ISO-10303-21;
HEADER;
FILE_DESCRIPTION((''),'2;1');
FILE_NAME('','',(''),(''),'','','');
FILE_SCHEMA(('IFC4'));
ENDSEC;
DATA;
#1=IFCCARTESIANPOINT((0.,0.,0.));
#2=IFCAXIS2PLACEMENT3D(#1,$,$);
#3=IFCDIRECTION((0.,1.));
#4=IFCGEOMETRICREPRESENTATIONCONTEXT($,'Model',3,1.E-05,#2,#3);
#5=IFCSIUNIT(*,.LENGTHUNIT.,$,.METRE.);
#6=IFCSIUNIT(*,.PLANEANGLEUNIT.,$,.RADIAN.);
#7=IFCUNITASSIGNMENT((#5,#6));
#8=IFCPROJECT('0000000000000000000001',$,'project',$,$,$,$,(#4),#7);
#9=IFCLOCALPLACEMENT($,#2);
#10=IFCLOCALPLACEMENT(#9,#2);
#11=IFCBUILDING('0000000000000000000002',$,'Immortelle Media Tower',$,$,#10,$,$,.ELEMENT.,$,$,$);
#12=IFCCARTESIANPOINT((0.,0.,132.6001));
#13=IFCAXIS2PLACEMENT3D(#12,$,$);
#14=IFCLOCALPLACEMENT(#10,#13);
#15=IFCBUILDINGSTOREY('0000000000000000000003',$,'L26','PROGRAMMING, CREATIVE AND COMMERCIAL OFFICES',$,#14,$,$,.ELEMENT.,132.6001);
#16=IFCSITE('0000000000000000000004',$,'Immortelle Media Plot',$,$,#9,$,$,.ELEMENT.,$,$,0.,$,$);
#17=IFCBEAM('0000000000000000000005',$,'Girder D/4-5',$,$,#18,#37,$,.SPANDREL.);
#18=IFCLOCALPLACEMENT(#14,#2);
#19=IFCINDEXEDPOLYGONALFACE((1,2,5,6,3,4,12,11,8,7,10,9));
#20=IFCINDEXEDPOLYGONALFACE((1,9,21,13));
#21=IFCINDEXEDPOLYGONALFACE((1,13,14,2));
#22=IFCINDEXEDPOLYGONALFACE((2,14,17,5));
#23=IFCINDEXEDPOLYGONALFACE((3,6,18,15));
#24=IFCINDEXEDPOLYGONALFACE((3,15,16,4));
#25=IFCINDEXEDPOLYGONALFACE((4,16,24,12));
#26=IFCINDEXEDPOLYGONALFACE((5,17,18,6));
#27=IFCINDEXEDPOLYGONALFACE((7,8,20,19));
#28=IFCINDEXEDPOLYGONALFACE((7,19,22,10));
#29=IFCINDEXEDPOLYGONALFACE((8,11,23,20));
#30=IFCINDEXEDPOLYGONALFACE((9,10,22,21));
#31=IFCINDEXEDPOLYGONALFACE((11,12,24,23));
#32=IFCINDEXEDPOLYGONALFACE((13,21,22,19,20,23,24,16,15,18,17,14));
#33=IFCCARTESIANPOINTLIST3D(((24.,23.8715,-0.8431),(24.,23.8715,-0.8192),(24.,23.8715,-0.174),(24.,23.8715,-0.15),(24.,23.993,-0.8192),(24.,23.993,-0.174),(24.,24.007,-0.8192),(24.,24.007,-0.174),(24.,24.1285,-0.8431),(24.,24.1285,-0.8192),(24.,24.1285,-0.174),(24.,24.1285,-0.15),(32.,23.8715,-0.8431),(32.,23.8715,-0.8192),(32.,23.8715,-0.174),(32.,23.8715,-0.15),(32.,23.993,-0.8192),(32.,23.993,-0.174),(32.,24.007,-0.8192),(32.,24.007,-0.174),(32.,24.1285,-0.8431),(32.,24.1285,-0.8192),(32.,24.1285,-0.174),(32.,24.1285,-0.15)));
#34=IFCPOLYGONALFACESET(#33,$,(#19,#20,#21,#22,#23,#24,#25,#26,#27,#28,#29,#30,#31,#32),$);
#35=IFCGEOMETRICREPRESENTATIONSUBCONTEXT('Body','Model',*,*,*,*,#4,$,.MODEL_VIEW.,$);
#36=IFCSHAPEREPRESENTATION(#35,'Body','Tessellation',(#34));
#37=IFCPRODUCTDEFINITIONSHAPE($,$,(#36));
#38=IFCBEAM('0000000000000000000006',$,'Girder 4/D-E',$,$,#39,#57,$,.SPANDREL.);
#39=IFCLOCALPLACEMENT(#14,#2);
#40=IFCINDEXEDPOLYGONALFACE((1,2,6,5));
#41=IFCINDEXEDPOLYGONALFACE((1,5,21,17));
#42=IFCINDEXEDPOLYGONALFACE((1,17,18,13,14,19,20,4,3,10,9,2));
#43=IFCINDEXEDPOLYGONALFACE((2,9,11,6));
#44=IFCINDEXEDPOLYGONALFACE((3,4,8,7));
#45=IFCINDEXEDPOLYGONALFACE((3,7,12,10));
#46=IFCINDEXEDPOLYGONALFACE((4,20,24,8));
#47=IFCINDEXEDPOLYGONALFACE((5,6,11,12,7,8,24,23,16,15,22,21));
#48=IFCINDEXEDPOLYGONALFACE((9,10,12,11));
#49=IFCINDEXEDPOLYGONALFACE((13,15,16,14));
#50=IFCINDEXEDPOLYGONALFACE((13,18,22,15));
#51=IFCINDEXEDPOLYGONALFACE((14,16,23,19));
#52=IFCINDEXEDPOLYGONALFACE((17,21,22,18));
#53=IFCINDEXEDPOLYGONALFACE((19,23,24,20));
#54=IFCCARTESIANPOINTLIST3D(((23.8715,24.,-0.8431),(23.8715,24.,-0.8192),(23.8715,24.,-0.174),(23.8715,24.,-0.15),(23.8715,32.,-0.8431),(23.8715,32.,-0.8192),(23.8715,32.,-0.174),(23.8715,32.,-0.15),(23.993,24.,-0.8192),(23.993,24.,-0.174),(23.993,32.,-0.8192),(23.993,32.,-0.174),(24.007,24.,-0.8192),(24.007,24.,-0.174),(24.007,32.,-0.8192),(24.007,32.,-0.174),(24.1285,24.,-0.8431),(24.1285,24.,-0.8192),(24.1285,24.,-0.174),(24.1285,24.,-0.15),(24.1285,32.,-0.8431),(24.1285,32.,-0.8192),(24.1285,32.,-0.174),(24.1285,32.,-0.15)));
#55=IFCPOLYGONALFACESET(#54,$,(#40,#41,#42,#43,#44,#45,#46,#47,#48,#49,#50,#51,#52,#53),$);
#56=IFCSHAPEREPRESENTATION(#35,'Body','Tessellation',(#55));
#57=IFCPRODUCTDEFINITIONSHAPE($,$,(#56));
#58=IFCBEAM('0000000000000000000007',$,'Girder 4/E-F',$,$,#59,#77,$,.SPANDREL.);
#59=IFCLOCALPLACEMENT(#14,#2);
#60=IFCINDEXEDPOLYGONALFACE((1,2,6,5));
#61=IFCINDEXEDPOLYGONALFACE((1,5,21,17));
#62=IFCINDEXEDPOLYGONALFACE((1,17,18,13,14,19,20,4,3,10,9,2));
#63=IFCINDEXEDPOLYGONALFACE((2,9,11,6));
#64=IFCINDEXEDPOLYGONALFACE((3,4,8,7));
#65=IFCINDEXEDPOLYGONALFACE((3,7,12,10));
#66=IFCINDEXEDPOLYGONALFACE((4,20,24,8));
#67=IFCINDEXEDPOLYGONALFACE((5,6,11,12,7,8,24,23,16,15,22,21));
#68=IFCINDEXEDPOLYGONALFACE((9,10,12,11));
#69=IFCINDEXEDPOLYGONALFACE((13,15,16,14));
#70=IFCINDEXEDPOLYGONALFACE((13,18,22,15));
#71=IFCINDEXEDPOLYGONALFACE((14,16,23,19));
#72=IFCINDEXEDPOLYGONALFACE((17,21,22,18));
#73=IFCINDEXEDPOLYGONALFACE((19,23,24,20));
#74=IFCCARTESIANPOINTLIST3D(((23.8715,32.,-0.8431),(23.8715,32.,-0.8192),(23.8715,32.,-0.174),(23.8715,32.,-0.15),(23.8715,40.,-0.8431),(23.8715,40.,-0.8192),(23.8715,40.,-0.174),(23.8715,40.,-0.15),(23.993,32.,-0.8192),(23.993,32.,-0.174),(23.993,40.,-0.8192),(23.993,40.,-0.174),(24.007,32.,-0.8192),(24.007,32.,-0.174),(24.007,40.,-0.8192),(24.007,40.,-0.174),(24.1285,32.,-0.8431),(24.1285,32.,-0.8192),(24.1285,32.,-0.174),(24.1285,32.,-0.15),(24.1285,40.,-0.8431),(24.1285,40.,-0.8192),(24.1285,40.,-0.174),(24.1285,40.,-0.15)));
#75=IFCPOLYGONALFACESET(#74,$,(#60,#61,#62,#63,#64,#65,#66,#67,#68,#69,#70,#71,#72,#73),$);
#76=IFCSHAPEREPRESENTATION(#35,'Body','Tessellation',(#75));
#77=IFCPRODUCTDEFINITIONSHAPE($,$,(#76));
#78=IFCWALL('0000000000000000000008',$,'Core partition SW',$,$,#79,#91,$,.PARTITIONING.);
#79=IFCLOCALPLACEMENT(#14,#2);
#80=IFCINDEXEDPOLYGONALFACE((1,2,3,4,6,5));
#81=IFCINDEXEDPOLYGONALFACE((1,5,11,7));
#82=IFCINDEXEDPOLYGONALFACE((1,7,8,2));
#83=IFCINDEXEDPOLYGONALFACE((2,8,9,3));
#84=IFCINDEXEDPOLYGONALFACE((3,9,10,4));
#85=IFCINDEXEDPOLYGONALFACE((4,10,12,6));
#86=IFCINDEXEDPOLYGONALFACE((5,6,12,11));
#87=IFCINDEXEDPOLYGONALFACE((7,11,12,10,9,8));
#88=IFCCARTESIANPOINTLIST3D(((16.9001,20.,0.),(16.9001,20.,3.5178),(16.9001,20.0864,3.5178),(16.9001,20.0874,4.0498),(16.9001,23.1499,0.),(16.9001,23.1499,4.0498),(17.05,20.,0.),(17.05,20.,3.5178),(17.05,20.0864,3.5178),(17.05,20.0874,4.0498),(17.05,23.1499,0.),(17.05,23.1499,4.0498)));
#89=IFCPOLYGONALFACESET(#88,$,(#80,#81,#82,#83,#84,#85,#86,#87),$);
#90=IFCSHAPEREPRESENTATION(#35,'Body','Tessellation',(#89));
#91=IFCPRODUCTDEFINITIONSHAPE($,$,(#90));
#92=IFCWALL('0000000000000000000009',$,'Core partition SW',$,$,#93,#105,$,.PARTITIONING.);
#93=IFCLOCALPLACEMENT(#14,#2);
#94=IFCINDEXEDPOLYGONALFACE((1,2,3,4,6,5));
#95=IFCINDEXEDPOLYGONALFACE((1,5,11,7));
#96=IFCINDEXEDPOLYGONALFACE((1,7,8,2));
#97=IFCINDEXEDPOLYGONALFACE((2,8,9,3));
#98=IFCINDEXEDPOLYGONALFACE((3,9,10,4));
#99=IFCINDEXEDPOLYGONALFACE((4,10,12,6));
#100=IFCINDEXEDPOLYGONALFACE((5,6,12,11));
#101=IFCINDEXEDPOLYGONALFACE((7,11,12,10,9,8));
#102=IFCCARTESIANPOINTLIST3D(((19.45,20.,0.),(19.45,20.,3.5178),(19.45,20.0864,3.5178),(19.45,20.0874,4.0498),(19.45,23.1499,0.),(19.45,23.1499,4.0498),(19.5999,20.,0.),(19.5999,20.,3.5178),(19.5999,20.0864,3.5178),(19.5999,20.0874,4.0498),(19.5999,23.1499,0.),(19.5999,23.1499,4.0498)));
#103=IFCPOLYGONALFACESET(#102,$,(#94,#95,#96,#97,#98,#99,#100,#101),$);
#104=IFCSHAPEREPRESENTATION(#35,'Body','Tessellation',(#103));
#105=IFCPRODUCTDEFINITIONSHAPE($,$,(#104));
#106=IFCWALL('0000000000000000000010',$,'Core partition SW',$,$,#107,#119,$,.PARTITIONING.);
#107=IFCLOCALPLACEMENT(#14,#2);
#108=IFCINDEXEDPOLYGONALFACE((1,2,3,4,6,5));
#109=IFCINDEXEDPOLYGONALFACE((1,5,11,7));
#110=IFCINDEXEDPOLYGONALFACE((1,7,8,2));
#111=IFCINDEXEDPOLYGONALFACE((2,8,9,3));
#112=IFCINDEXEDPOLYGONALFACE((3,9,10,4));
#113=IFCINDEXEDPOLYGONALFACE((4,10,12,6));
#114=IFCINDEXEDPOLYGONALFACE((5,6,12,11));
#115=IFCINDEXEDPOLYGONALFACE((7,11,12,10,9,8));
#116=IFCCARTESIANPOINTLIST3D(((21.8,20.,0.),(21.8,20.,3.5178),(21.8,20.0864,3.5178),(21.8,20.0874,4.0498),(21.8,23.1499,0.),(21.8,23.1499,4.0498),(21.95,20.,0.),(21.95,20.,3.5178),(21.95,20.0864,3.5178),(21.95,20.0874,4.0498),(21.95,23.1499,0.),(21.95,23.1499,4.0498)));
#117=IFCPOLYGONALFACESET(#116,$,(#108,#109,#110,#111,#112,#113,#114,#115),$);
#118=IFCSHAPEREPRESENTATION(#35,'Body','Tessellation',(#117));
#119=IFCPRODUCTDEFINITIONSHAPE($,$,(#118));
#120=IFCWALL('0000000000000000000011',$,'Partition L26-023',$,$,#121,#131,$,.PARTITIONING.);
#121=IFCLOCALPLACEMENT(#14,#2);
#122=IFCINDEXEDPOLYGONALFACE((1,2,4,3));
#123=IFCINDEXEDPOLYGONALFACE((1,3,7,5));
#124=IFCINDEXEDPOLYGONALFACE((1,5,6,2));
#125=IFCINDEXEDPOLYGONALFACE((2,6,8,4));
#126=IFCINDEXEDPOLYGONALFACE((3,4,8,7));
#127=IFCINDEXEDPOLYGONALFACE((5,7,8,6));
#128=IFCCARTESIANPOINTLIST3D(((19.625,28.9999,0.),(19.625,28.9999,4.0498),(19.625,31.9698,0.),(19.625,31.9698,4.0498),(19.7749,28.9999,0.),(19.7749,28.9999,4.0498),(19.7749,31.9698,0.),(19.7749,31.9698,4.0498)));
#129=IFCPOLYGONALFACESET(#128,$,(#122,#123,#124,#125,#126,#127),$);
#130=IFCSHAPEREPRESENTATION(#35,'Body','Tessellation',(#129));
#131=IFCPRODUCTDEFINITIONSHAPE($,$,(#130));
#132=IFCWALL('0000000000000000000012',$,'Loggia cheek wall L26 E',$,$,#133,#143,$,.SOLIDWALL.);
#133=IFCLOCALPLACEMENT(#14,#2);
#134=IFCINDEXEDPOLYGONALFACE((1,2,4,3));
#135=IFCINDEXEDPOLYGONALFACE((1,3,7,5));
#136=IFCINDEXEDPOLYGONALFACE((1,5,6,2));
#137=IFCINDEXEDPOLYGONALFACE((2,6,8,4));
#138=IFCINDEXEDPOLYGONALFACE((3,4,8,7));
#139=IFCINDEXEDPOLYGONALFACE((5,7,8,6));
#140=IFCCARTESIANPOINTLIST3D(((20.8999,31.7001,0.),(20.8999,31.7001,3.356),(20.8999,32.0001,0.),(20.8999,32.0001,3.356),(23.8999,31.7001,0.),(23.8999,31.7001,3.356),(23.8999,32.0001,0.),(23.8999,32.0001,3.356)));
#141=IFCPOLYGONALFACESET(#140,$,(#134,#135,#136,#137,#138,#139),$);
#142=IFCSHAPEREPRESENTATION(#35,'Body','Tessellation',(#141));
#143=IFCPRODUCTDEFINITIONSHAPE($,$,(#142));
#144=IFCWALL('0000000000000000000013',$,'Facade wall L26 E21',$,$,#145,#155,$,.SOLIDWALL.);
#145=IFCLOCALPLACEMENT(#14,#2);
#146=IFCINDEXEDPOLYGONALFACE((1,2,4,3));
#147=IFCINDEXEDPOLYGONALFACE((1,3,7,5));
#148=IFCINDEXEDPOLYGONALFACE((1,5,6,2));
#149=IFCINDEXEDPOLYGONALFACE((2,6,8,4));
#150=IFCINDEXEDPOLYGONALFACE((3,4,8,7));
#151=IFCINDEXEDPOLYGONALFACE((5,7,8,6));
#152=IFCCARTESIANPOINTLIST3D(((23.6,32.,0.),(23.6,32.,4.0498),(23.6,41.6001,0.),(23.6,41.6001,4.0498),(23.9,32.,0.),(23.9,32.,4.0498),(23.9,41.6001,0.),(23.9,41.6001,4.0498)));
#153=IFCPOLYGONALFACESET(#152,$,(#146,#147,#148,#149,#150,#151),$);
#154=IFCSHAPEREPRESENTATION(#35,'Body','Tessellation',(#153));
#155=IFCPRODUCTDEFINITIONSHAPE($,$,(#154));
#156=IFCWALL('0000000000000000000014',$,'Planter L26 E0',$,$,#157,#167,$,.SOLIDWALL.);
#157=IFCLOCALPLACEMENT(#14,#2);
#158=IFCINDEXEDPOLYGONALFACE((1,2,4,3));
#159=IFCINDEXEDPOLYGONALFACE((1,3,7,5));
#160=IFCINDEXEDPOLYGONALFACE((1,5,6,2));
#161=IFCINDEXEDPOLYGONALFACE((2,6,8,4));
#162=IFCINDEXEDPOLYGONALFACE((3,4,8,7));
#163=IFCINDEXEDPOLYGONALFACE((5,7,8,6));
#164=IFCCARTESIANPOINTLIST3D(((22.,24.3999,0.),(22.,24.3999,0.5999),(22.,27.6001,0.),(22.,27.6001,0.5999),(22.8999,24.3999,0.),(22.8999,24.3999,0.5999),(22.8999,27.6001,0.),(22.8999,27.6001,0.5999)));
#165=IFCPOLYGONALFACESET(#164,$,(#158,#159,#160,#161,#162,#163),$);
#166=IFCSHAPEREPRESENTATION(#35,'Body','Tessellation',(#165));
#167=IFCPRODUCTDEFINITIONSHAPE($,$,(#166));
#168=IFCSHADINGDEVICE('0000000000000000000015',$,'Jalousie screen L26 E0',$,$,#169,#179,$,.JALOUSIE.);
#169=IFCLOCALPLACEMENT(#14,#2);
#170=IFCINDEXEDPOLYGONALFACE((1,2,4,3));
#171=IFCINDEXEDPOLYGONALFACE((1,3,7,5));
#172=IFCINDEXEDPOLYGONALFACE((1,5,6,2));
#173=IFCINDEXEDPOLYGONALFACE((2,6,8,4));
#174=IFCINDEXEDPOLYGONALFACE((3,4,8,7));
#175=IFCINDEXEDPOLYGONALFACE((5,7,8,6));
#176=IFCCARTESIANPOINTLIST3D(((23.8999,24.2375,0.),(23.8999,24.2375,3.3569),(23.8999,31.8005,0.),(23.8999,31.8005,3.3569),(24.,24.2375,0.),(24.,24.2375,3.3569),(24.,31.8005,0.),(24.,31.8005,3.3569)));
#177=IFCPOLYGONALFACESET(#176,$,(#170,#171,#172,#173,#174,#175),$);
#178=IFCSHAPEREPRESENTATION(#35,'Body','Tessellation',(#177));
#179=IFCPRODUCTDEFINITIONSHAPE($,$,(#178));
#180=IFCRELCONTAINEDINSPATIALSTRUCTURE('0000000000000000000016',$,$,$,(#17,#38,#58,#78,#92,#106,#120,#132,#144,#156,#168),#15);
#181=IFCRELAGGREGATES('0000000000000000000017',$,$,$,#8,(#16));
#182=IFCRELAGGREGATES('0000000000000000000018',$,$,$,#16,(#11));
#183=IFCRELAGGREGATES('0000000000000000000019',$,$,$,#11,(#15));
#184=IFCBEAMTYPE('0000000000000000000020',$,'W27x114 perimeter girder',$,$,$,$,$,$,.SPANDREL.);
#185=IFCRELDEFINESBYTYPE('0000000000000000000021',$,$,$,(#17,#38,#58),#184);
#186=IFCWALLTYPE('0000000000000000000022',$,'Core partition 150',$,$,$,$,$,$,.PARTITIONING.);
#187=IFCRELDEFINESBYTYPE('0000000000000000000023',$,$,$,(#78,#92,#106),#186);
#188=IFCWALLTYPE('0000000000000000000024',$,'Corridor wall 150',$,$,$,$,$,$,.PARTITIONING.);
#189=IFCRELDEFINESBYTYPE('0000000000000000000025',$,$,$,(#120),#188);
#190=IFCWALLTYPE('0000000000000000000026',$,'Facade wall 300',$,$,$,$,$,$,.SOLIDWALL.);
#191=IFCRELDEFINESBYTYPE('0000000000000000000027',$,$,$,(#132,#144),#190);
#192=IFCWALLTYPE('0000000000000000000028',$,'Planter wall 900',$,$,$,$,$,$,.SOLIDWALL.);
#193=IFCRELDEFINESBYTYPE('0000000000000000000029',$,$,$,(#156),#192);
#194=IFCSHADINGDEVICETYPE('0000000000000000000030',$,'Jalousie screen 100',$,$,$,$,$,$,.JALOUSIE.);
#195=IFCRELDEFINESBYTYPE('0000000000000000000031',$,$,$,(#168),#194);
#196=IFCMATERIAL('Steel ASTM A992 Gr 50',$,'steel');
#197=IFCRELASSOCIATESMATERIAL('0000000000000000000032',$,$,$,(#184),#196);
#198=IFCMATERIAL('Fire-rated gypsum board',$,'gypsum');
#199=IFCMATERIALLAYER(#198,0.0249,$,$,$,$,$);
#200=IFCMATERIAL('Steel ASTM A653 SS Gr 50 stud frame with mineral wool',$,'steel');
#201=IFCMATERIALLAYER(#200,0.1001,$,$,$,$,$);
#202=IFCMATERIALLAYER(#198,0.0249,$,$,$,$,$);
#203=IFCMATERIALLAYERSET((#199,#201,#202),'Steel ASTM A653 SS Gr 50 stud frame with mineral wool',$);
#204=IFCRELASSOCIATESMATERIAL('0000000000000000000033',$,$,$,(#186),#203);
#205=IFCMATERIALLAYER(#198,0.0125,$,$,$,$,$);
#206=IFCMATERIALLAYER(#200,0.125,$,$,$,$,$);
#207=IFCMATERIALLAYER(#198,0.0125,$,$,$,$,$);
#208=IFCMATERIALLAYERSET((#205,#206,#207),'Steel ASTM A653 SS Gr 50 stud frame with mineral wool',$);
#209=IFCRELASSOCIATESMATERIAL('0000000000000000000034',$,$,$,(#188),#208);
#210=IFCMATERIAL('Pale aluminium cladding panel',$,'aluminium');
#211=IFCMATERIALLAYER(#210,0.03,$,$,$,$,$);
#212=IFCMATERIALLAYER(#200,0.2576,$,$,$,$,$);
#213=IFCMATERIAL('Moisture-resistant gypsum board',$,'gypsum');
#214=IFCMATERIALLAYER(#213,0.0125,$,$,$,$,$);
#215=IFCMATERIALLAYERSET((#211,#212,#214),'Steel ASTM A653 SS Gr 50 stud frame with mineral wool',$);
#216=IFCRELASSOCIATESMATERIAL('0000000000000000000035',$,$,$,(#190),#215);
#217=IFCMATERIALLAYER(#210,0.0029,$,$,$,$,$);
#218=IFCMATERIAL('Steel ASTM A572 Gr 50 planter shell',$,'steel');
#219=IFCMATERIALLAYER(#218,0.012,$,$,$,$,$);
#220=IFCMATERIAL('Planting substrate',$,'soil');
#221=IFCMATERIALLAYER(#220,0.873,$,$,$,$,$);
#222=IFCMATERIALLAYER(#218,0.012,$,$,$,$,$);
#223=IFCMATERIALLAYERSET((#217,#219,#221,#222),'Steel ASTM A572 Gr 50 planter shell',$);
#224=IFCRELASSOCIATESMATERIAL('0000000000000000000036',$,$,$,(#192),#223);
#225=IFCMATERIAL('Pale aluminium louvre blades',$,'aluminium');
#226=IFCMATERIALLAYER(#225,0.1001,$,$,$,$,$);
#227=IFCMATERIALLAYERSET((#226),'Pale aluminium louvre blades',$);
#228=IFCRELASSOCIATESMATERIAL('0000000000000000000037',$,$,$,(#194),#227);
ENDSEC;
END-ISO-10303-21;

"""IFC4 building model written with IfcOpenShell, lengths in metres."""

from ifc_helpers import new_model, si_unit, direction, frame, frame_2d, origin, origin_2d, place, context, subcontext, project, spatial, polyline, rectangle, i_section, outline, extrude, material, layer, layer_set, material_profile, profile_set, type_object, element, save


model = new_model("IFC4")

# Units and contexts
model_context = context("Model", 3, precision=1e-05, world=origin(), true_north=direction((0.0, 1.0)))
body_context = subcontext(model_context, "Body", "Model", "MODEL_VIEW")
ifc_project = project(units=[si_unit("LENGTHUNIT", "METRE"), si_unit("PLANEANGLEUNIT", "RADIAN")], contexts=[model_context])

# Site, building, storey
site_placement = place(None, origin())
site = spatial("IfcSite", under=ifc_project, at=site_placement, Name="Immortelle Media Plot", CompositionType="ELEMENT", RefElevation=0.0)
building_placement = place(site_placement, origin())
building = spatial("IfcBuilding", under=site, at=building_placement, Name="Immortelle Media Tower", CompositionType="ELEMENT")
storey_placement = place(building_placement, frame((0.0, 0.0, 132.6001)))
storey = spatial("IfcBuildingStorey", under=building, at=storey_placement, Name="L26", Description="PROGRAMMING, CREATIVE AND COMMERCIAL OFFICES", CompositionType="ELEMENT", Elevation=132.6001)

# Shared definitions
ifc_material_1 = material(Name="Steel ASTM A992 Gr 50", Category="steel")

# Beams
ifc_material_profile_1 = material_profile(ifc_material_1, i_section(OverallWidth=0.2571, OverallDepth=0.6931, WebThickness=0.0139, FlangeThickness=0.0239, at=origin_2d()), Name="W27x114")
ifc_profile_set_1 = profile_set([ifc_material_profile_1], Name="Steel ASTM A992 Gr 50")
beam_type_1 = type_object("IfcBeamType", Name="W27x114 perimeter girder", PredefinedType="SPANDREL", material=ifc_profile_set_1)
for number, where, z_axis, x_axis, name in (
    (1, (24.0, 24.0, -0.4966), (1.0, 0.0, 0.0), (0.0, 1.0, 0.0), "Girder D/4-5"),
    (2, (24.0, 24.0, -0.4966), (0.0, 1.0, 0.0), (-1.0, 0.0, 0.0), "Girder 4/D-E"),
    (3, (24.0, 32.0, -0.4966), (0.0, 1.0, 0.0), (-1.0, 0.0, 0.0), "Girder 4/E-F"),
):
    element("IfcBeam", number, at=place(storey_placement, frame(where, z_axis=z_axis, x_axis=x_axis)), inside=storey, type_object=beam_type_1, Name=name, PredefinedType="SPANDREL", context=body_context, shape_type="SweptSolid", body=[
        extrude(i_section(OverallWidth=0.2571, OverallDepth=0.6931, WebThickness=0.0139, FlangeThickness=0.0239, at=origin_2d()), origin(), (0.0, 0.0, 1.0), 8.0),
    ])

# Walls
ifc_material_2 = material(Name="Fire-rated gypsum board", Category="gypsum")
ifc_layer_1 = layer(ifc_material_2, 0.0249)
ifc_material_3 = material(Name="Steel ASTM A653 SS Gr 50 stud frame with mineral wool", Category="steel")
ifc_layer_2 = layer(ifc_material_3, 0.1001)
ifc_layer_3 = layer(ifc_material_2, 0.0249)
ifc_layer_set_1 = layer_set([ifc_layer_1, ifc_layer_2, ifc_layer_3], Name="Steel ASTM A653 SS Gr 50 stud frame with mineral wool")
wall_type_1 = type_object("IfcWallType", Name="Core partition 150", PredefinedType="PARTITIONING", material=ifc_layer_set_1)
for number, where, z_axis, x_axis, name in (
    (4, (16.9751, 20.0, 0.0), (0.0, 0.0, 1.0), (0.0, 1.0, 0.0), "Core partition SW"),
    (5, (19.5249, 20.0, 0.0), (0.0, 0.0, 1.0), (0.0, 1.0, 0.0), "Core partition SW"),
    (6, (21.875, 20.0, 0.0), (0.0, 0.0, 1.0), (0.0, 1.0, 0.0), "Core partition SW"),
):
    element("IfcWall", number, at=place(storey_placement, frame(where, z_axis=z_axis, x_axis=x_axis)), inside=storey, type_object=wall_type_1, Name=name, PredefinedType="PARTITIONING", context=body_context, shape_type="SweptSolid", body=[
        extrude(outline(polyline([(0.0, 0.0), (3.1499, 0.0), (3.1499, 4.0498), (0.0874, 4.0498), (0.0864, 3.5178), (0.0, 3.5178), (0.0, 0.0)])), frame((0.0, 0.075, 0.0), z_axis=(0.0, -1.0, 0.0), x_axis=(1.0, 0.0, 0.0)), (0.0, 0.0, 1.0), 0.1499),
    ])
ifc_layer_4 = layer(ifc_material_2, 0.0125)
ifc_layer_5 = layer(ifc_material_3, 0.125)
ifc_layer_6 = layer(ifc_material_2, 0.0125)
ifc_layer_set_2 = layer_set([ifc_layer_4, ifc_layer_5, ifc_layer_6], Name="Steel ASTM A653 SS Gr 50 stud frame with mineral wool")
wall_type_2 = type_object("IfcWallType", Name="Corridor wall 150", PredefinedType="PARTITIONING", material=ifc_layer_set_2)
wall_1_placement = place(storey_placement, frame((19.7, 29.0, 0.0), z_axis=(0.0, 0.0, 1.0), x_axis=(0.0, 1.0, 0.0)))
element("IfcWall", 7, at=wall_1_placement, inside=storey, type_object=wall_type_2, Name="Partition L26-023", PredefinedType="PARTITIONING", context=body_context, shape_type="SweptSolid", body=[
    extrude(rectangle(XDim=2.97, YDim=0.1499, at=frame_2d((1.4849, 0.0))), origin(), (0.0, 0.0, 1.0), 4.0498),
])

# Shared definitions
ifc_material_4 = material(Name="Pale aluminium cladding panel", Category="aluminium")
ifc_layer_7 = layer(ifc_material_4, 0.03)
ifc_layer_8 = layer(ifc_material_3, 0.2576)
ifc_material_5 = material(Name="Moisture-resistant gypsum board", Category="gypsum")
ifc_layer_9 = layer(ifc_material_5, 0.0125)
ifc_layer_set_3 = layer_set([ifc_layer_7, ifc_layer_8, ifc_layer_9], Name="Steel ASTM A653 SS Gr 50 stud frame with mineral wool")
wall_type_3 = type_object("IfcWallType", Name="Facade wall 300", PredefinedType="SOLIDWALL", material=ifc_layer_set_3)

# Walls
wall_2_placement = place(storey_placement, frame((23.8999, 31.8501, 0.0), z_axis=(0.0, 0.0, 1.0), x_axis=(-1.0, 0.0, 0.0)))
element("IfcWall", 8, at=wall_2_placement, inside=storey, type_object=wall_type_3, Name="Loggia cheek wall L26 E", PredefinedType="SOLIDWALL", context=body_context, shape_type="SweptSolid", body=[
    extrude(rectangle(XDim=3.0, YDim=0.3, at=frame_2d((1.5, 0.0))), origin(), (0.0, 0.0, 1.0), 3.356),
])
wall_3_placement = place(storey_placement, frame((23.75, 32.0, 0.0), z_axis=(0.0, 0.0, 1.0), x_axis=(0.0, 1.0, 0.0)))
element("IfcWall", 9, at=wall_3_placement, inside=storey, type_object=wall_type_3, Name="Facade wall L26 E21", PredefinedType="SOLIDWALL", context=body_context, shape_type="SweptSolid", body=[
    extrude(rectangle(XDim=9.6001, YDim=0.3, at=frame_2d((4.8, 0.0))), origin(), (0.0, 0.0, 1.0), 4.0498),
])
ifc_layer_10 = layer(ifc_material_4, 0.0029)
ifc_material_6 = material(Name="Steel ASTM A572 Gr 50 planter shell", Category="steel")
ifc_layer_11 = layer(ifc_material_6, 0.012)
ifc_material_7 = material(Name="Planting substrate", Category="soil")
ifc_layer_12 = layer(ifc_material_7, 0.873)
ifc_layer_13 = layer(ifc_material_6, 0.012)
ifc_layer_set_4 = layer_set([ifc_layer_10, ifc_layer_11, ifc_layer_12, ifc_layer_13], Name="Steel ASTM A572 Gr 50 planter shell")
wall_type_4 = type_object("IfcWallType", Name="Planter wall 900", PredefinedType="SOLIDWALL", material=ifc_layer_set_4)
wall_4_placement = place(storey_placement, frame((22.45, 24.3999, 0.0), z_axis=(0.0, 0.0, 1.0), x_axis=(0.0, 1.0, 0.0)))
element("IfcWall", 10, at=wall_4_placement, inside=storey, type_object=wall_type_4, Name="Planter L26 E0", PredefinedType="SOLIDWALL", context=body_context, shape_type="SweptSolid", body=[
    extrude(rectangle(XDim=3.2002, YDim=0.8999, at=frame_2d((1.6001, 0.0))), origin(), (0.0, 0.0, 1.0), 0.5999),
])

# Shading device
ifc_material_8 = material(Name="Pale aluminium louvre blades", Category="aluminium")
ifc_layer_14 = layer(ifc_material_8, 0.1001)
ifc_layer_set_5 = layer_set([ifc_layer_14], Name="Pale aluminium louvre blades")
shading_device_type_1 = type_object("IfcShadingDeviceType", Name="Jalousie screen 100", PredefinedType="JALOUSIE", material=ifc_layer_set_5)
shading_device_1_placement = place(storey_placement, frame((23.95, 28.019, 0.0), z_axis=(0.0, 0.0, 1.0), x_axis=(0.0, 1.0, 0.0)))
element("IfcShadingDevice", 11, at=shading_device_1_placement, inside=storey, type_object=shading_device_type_1, Name="Jalousie screen L26 E0", PredefinedType="JALOUSIE", context=body_context, shape_type="SweptSolid", body=[
    extrude(rectangle(XDim=7.563, YDim=0.1001, at=origin_2d()), origin(), (0.0, 0.0, 1.0), 3.3569),
])

save(model, "model.ifc")
